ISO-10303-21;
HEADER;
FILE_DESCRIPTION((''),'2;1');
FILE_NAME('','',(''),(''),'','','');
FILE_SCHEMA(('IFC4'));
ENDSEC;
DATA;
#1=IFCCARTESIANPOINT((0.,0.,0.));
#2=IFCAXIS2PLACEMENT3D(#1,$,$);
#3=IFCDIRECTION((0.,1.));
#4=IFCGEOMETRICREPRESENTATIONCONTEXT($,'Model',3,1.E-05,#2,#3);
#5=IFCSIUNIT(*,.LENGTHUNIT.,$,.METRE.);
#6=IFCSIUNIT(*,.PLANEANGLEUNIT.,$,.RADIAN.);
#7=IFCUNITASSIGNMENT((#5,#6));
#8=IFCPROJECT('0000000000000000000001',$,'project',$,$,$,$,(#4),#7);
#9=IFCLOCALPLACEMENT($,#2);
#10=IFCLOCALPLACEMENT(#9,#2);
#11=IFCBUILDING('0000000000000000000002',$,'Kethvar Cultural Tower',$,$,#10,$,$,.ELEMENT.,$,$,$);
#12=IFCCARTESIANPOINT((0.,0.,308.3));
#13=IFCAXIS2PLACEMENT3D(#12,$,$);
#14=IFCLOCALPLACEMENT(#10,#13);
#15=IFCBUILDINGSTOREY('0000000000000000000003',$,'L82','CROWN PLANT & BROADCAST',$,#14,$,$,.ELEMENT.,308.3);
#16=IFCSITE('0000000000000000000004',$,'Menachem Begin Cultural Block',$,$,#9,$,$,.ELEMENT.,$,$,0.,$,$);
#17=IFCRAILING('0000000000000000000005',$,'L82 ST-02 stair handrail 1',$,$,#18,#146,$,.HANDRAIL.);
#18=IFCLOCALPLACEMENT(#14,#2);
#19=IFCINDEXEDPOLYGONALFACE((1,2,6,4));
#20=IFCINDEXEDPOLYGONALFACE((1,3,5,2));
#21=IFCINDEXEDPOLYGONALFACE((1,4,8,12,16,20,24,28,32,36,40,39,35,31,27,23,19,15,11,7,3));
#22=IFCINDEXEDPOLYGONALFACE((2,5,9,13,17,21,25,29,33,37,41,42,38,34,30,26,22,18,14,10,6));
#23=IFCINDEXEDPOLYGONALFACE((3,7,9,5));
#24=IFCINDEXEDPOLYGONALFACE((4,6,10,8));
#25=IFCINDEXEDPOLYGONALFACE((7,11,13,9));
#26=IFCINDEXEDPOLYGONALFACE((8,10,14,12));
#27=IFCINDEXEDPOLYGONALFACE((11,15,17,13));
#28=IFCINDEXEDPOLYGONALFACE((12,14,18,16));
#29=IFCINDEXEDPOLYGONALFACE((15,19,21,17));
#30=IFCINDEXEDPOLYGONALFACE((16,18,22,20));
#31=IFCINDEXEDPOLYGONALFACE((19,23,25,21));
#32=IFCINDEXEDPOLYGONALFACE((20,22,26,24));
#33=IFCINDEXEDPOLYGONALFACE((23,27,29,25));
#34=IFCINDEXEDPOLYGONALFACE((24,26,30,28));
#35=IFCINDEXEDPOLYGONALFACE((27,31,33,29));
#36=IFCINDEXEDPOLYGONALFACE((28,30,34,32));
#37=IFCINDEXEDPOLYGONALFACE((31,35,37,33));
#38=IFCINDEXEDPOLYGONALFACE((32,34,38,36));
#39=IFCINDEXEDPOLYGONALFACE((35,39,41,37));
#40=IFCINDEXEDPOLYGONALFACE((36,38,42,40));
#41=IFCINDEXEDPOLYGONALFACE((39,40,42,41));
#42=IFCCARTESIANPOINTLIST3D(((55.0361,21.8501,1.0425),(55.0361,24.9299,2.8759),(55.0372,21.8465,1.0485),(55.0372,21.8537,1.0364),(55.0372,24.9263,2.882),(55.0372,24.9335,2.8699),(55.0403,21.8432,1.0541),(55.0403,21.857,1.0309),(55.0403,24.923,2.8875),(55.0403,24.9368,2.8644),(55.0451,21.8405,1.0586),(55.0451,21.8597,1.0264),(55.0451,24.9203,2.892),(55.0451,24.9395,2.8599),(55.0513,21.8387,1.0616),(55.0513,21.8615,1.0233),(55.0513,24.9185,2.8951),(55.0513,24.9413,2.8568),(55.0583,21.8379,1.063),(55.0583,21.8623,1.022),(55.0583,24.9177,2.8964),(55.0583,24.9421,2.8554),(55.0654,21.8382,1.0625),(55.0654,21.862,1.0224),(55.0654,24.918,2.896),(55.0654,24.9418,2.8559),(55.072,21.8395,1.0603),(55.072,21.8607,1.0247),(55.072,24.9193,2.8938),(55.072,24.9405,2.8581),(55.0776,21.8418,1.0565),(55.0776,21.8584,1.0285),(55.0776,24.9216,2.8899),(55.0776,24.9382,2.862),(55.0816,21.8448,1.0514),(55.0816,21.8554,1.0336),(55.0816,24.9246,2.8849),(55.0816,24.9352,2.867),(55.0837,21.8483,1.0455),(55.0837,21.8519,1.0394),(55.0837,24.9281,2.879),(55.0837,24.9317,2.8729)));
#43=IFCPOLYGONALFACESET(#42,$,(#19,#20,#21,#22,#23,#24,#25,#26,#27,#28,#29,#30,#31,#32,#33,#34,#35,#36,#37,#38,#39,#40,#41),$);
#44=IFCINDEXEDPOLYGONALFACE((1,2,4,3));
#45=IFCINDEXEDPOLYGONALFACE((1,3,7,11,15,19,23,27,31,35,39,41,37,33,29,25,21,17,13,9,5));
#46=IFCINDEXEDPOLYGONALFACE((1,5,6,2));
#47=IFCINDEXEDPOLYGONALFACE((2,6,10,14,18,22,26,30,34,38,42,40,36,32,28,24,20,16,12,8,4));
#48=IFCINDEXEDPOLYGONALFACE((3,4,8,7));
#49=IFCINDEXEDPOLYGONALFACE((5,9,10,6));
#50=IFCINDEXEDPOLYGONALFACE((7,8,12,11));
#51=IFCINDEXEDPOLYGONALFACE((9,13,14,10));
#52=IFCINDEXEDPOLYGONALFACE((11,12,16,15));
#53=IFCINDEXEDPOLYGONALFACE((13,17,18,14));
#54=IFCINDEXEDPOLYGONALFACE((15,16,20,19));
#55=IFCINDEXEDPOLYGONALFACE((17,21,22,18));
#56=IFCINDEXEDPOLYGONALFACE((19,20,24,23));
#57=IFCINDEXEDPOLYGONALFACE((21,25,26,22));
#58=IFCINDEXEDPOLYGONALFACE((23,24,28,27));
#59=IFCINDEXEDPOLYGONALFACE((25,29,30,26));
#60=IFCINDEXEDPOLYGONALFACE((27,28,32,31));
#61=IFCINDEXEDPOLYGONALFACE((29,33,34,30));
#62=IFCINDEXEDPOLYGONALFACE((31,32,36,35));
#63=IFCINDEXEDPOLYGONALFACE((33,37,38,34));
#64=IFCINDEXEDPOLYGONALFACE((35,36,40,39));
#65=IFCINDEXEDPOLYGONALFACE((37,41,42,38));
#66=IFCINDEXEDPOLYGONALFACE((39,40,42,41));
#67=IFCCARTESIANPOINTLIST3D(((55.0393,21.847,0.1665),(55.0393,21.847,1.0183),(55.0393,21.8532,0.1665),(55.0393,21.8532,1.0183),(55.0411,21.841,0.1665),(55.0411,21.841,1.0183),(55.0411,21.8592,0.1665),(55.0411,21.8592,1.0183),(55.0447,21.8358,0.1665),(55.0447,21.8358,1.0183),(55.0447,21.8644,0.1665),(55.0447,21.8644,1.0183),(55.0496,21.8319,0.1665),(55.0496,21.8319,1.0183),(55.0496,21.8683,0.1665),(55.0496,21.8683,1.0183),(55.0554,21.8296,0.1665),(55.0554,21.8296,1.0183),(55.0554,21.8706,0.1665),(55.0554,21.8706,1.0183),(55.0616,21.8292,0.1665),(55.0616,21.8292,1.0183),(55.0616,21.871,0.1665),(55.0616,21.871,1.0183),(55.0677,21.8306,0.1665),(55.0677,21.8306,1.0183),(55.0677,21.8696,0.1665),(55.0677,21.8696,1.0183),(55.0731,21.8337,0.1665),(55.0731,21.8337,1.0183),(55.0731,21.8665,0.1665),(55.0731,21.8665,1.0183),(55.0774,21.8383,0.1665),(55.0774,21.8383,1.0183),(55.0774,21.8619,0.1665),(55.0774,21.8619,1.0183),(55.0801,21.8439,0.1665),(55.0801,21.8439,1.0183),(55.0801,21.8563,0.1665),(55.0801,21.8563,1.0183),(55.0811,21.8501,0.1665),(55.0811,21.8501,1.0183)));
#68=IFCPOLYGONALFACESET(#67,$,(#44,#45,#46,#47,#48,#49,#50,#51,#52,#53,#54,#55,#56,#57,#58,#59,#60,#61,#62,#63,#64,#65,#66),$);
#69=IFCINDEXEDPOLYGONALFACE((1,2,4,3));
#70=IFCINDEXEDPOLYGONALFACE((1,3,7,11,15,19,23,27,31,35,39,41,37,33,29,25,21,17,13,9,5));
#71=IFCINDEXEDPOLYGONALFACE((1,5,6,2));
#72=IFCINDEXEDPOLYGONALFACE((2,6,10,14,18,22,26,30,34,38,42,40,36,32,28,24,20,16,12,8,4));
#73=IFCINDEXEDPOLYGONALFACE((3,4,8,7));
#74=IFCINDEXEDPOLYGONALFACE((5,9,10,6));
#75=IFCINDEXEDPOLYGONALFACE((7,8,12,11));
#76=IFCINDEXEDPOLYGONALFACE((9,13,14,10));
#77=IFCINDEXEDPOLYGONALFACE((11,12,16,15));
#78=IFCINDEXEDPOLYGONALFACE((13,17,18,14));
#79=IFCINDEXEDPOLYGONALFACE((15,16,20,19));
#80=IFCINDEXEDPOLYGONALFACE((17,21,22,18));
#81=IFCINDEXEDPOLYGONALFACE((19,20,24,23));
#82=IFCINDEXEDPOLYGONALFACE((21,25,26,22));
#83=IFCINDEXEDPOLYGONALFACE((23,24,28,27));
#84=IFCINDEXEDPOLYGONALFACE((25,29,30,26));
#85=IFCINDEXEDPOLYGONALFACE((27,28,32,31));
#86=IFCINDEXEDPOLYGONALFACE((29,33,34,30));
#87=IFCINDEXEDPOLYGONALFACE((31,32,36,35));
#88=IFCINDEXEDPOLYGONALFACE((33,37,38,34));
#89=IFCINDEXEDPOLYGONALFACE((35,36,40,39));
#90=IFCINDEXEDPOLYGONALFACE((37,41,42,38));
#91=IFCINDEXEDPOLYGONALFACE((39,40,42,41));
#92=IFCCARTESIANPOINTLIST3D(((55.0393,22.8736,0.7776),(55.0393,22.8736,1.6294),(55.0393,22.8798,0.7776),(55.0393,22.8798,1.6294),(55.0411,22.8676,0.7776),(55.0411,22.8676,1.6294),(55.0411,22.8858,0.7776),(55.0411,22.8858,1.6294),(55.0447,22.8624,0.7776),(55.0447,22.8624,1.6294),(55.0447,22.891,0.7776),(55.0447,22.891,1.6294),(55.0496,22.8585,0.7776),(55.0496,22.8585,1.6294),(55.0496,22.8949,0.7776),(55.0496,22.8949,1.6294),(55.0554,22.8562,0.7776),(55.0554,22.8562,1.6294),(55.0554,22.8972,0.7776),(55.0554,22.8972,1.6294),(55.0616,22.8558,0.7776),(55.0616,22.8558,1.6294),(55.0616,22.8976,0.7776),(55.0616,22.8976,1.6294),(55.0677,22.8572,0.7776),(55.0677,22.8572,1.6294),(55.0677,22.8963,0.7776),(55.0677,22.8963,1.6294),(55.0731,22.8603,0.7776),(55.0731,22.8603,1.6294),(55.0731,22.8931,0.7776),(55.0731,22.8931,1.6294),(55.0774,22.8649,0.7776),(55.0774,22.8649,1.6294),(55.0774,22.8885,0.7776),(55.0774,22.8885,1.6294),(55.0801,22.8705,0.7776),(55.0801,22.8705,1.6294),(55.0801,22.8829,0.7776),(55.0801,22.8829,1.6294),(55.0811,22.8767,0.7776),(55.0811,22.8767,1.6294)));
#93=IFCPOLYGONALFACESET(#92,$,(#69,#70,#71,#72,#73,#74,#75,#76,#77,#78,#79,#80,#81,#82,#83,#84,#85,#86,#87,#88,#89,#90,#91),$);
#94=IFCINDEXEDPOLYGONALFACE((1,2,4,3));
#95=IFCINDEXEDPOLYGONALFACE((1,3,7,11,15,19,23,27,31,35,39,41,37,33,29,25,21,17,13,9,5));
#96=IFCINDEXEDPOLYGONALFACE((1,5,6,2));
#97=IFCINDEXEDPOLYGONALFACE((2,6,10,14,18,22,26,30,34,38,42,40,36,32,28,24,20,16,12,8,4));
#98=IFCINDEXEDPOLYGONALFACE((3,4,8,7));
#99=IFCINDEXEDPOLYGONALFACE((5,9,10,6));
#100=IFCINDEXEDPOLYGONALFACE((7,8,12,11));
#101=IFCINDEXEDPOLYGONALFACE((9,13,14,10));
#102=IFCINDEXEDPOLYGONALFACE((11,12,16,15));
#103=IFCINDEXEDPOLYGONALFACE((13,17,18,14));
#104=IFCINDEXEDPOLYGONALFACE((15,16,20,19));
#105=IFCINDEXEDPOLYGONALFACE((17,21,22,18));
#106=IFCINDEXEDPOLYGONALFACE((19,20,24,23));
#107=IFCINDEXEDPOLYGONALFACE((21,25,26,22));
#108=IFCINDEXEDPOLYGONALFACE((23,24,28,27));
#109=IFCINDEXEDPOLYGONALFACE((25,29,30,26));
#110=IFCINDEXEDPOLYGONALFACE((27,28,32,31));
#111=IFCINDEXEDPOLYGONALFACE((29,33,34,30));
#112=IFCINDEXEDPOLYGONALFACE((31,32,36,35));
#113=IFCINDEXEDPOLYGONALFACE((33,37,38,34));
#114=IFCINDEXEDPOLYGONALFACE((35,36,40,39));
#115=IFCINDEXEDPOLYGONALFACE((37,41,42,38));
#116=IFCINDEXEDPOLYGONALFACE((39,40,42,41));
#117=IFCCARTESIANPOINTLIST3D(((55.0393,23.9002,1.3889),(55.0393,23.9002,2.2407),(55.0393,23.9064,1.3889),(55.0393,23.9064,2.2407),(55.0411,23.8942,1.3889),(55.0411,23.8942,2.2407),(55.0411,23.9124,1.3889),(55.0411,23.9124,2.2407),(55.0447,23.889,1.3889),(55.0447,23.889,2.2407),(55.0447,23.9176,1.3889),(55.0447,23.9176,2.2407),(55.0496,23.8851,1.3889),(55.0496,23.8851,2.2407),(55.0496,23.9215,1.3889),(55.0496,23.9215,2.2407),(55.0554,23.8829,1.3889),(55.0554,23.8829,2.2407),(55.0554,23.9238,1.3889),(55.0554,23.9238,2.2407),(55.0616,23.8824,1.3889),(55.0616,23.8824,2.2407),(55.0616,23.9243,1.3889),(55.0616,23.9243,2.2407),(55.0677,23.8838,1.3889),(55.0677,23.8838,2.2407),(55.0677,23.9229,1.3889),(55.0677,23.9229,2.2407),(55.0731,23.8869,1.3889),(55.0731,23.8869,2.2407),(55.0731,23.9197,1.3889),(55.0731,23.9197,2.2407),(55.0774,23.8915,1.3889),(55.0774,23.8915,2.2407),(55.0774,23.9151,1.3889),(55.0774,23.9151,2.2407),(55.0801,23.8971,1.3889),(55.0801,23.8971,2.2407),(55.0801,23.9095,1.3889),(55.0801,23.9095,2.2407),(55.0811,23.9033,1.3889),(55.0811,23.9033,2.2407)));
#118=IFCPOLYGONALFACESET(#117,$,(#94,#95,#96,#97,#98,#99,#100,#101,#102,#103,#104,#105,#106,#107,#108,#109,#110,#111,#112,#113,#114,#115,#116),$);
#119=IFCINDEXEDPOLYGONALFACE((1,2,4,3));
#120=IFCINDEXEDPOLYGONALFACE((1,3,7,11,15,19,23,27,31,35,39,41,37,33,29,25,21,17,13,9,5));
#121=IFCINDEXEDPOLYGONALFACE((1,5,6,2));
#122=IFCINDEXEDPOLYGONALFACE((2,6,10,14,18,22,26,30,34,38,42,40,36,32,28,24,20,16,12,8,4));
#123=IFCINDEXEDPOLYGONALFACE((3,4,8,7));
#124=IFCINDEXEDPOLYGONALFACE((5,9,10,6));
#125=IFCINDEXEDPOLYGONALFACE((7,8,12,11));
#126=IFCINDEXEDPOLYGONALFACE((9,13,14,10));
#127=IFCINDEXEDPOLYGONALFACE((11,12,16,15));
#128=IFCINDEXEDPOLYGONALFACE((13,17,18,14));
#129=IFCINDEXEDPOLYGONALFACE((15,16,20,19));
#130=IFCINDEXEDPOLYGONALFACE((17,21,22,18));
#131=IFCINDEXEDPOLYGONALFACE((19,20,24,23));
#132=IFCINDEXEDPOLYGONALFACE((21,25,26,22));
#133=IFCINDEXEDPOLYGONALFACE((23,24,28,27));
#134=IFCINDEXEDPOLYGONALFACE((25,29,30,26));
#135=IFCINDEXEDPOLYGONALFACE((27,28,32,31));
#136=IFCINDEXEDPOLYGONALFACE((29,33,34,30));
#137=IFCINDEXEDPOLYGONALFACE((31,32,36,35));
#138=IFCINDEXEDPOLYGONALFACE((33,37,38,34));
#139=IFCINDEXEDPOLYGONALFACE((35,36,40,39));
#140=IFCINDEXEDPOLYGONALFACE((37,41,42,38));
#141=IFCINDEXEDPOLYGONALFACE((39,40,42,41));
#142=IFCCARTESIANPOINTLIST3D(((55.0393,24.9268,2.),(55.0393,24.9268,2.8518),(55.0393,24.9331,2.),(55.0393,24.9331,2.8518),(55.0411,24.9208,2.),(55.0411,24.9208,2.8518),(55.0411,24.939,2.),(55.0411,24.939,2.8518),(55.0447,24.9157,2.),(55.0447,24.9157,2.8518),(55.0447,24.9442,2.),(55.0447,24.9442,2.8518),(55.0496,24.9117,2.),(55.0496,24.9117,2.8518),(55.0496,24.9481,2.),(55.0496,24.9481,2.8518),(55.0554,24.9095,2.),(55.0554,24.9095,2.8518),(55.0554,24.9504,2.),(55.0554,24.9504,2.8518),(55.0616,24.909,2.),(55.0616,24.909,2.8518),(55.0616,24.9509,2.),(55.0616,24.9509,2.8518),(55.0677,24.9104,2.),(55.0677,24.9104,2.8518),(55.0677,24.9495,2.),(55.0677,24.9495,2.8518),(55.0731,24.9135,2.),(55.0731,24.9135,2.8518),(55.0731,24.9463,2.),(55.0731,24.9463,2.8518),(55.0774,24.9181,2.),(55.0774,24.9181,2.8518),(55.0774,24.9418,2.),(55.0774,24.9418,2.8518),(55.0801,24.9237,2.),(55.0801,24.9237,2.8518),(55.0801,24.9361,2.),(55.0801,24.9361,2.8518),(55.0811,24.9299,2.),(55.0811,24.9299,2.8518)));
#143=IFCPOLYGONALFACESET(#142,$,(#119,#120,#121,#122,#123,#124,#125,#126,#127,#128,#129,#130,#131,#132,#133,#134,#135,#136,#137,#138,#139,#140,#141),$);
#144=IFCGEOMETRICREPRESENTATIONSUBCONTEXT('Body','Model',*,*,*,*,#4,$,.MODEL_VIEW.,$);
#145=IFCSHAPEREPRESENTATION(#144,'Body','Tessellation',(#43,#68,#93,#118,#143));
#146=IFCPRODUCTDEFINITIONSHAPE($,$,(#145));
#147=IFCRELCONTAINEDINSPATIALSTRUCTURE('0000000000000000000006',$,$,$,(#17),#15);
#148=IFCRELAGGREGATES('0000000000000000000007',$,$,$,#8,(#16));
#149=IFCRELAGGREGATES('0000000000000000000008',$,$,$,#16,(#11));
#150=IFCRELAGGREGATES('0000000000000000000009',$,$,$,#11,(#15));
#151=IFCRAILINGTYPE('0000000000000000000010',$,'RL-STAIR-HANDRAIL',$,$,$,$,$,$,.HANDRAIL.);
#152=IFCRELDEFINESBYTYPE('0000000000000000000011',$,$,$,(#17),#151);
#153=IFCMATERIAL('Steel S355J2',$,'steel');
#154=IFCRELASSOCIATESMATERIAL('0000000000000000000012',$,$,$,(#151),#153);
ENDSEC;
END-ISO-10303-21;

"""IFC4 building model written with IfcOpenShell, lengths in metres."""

from ifc_helpers import new_model, si_unit, direction, frame, origin, origin_2d, place, context, subcontext, project, spatial, circle, extrude, material, type_object, element, save


model = new_model("IFC4")

# Units and contexts
model_context = context("Model", 3, precision=1e-05, world=origin(), true_north=direction((0.0, 1.0)))
body_context = subcontext(model_context, "Body", "Model", "MODEL_VIEW")
ifc_project = project(units=[si_unit("LENGTHUNIT", "METRE"), si_unit("PLANEANGLEUNIT", "RADIAN")], contexts=[model_context])

# Site, building, storey
site_placement = place(None, origin())
site = spatial("IfcSite", under=ifc_project, at=site_placement, Name="Menachem Begin Cultural Block", CompositionType="ELEMENT", RefElevation=0.0)
building_placement = place(site_placement, origin())
building = spatial("IfcBuilding", under=site, at=building_placement, Name="Kethvar Cultural Tower", CompositionType="ELEMENT")
storey_placement = place(building_placement, frame((0.0, 0.0, 308.3)))
storey = spatial("IfcBuildingStorey", under=building, at=storey_placement, Name="L82", Description="CROWN PLANT & BROADCAST", CompositionType="ELEMENT", Elevation=308.3)

# Shared definitions
ifc_material_1 = material(Name="Steel S355J2", Category="steel")

# Railing
railing_type_1 = type_object("IfcRailingType", Name="RL-STAIR-HANDRAIL", PredefinedType="HANDRAIL", material=ifc_material_1)
railing_1_placement = place(storey_placement, frame((55.0601, 21.8501, 0.1665)))
element("IfcRailing", 1, at=railing_1_placement, inside=storey, type_object=railing_type_1, Name="L82 ST-02 stair handrail 1", PredefinedType="HANDRAIL", context=body_context, shape_type="SweptSolid", body=[
    extrude(circle(Radius=0.0239, at=origin_2d()), frame((0.0, 0.0, 0.876), z_axis=(0.0, 0.859261, 0.511538), x_axis=(-1.0, 0.0, 0.0)), (0.0, 0.0, 1.0), 3.5842),
    extrude(circle(Radius=0.021, at=origin_2d()), origin(), (0.0, 0.0, 1.0), 0.8518),
    extrude(circle(Radius=0.021, at=origin_2d()), frame((0.0, 1.0266, 0.6111)), (0.0, 0.0, 1.0), 0.8518),
    extrude(circle(Radius=0.021, at=origin_2d()), frame((0.0, 2.0532, 1.2224)), (0.0, 0.0, 1.0), 0.8518),
    extrude(circle(Radius=0.021, at=origin_2d()), frame((0.0, 3.0798, 1.8335)), (0.0, 0.0, 1.0), 0.8518),
])

save(model, "model.ifc")
